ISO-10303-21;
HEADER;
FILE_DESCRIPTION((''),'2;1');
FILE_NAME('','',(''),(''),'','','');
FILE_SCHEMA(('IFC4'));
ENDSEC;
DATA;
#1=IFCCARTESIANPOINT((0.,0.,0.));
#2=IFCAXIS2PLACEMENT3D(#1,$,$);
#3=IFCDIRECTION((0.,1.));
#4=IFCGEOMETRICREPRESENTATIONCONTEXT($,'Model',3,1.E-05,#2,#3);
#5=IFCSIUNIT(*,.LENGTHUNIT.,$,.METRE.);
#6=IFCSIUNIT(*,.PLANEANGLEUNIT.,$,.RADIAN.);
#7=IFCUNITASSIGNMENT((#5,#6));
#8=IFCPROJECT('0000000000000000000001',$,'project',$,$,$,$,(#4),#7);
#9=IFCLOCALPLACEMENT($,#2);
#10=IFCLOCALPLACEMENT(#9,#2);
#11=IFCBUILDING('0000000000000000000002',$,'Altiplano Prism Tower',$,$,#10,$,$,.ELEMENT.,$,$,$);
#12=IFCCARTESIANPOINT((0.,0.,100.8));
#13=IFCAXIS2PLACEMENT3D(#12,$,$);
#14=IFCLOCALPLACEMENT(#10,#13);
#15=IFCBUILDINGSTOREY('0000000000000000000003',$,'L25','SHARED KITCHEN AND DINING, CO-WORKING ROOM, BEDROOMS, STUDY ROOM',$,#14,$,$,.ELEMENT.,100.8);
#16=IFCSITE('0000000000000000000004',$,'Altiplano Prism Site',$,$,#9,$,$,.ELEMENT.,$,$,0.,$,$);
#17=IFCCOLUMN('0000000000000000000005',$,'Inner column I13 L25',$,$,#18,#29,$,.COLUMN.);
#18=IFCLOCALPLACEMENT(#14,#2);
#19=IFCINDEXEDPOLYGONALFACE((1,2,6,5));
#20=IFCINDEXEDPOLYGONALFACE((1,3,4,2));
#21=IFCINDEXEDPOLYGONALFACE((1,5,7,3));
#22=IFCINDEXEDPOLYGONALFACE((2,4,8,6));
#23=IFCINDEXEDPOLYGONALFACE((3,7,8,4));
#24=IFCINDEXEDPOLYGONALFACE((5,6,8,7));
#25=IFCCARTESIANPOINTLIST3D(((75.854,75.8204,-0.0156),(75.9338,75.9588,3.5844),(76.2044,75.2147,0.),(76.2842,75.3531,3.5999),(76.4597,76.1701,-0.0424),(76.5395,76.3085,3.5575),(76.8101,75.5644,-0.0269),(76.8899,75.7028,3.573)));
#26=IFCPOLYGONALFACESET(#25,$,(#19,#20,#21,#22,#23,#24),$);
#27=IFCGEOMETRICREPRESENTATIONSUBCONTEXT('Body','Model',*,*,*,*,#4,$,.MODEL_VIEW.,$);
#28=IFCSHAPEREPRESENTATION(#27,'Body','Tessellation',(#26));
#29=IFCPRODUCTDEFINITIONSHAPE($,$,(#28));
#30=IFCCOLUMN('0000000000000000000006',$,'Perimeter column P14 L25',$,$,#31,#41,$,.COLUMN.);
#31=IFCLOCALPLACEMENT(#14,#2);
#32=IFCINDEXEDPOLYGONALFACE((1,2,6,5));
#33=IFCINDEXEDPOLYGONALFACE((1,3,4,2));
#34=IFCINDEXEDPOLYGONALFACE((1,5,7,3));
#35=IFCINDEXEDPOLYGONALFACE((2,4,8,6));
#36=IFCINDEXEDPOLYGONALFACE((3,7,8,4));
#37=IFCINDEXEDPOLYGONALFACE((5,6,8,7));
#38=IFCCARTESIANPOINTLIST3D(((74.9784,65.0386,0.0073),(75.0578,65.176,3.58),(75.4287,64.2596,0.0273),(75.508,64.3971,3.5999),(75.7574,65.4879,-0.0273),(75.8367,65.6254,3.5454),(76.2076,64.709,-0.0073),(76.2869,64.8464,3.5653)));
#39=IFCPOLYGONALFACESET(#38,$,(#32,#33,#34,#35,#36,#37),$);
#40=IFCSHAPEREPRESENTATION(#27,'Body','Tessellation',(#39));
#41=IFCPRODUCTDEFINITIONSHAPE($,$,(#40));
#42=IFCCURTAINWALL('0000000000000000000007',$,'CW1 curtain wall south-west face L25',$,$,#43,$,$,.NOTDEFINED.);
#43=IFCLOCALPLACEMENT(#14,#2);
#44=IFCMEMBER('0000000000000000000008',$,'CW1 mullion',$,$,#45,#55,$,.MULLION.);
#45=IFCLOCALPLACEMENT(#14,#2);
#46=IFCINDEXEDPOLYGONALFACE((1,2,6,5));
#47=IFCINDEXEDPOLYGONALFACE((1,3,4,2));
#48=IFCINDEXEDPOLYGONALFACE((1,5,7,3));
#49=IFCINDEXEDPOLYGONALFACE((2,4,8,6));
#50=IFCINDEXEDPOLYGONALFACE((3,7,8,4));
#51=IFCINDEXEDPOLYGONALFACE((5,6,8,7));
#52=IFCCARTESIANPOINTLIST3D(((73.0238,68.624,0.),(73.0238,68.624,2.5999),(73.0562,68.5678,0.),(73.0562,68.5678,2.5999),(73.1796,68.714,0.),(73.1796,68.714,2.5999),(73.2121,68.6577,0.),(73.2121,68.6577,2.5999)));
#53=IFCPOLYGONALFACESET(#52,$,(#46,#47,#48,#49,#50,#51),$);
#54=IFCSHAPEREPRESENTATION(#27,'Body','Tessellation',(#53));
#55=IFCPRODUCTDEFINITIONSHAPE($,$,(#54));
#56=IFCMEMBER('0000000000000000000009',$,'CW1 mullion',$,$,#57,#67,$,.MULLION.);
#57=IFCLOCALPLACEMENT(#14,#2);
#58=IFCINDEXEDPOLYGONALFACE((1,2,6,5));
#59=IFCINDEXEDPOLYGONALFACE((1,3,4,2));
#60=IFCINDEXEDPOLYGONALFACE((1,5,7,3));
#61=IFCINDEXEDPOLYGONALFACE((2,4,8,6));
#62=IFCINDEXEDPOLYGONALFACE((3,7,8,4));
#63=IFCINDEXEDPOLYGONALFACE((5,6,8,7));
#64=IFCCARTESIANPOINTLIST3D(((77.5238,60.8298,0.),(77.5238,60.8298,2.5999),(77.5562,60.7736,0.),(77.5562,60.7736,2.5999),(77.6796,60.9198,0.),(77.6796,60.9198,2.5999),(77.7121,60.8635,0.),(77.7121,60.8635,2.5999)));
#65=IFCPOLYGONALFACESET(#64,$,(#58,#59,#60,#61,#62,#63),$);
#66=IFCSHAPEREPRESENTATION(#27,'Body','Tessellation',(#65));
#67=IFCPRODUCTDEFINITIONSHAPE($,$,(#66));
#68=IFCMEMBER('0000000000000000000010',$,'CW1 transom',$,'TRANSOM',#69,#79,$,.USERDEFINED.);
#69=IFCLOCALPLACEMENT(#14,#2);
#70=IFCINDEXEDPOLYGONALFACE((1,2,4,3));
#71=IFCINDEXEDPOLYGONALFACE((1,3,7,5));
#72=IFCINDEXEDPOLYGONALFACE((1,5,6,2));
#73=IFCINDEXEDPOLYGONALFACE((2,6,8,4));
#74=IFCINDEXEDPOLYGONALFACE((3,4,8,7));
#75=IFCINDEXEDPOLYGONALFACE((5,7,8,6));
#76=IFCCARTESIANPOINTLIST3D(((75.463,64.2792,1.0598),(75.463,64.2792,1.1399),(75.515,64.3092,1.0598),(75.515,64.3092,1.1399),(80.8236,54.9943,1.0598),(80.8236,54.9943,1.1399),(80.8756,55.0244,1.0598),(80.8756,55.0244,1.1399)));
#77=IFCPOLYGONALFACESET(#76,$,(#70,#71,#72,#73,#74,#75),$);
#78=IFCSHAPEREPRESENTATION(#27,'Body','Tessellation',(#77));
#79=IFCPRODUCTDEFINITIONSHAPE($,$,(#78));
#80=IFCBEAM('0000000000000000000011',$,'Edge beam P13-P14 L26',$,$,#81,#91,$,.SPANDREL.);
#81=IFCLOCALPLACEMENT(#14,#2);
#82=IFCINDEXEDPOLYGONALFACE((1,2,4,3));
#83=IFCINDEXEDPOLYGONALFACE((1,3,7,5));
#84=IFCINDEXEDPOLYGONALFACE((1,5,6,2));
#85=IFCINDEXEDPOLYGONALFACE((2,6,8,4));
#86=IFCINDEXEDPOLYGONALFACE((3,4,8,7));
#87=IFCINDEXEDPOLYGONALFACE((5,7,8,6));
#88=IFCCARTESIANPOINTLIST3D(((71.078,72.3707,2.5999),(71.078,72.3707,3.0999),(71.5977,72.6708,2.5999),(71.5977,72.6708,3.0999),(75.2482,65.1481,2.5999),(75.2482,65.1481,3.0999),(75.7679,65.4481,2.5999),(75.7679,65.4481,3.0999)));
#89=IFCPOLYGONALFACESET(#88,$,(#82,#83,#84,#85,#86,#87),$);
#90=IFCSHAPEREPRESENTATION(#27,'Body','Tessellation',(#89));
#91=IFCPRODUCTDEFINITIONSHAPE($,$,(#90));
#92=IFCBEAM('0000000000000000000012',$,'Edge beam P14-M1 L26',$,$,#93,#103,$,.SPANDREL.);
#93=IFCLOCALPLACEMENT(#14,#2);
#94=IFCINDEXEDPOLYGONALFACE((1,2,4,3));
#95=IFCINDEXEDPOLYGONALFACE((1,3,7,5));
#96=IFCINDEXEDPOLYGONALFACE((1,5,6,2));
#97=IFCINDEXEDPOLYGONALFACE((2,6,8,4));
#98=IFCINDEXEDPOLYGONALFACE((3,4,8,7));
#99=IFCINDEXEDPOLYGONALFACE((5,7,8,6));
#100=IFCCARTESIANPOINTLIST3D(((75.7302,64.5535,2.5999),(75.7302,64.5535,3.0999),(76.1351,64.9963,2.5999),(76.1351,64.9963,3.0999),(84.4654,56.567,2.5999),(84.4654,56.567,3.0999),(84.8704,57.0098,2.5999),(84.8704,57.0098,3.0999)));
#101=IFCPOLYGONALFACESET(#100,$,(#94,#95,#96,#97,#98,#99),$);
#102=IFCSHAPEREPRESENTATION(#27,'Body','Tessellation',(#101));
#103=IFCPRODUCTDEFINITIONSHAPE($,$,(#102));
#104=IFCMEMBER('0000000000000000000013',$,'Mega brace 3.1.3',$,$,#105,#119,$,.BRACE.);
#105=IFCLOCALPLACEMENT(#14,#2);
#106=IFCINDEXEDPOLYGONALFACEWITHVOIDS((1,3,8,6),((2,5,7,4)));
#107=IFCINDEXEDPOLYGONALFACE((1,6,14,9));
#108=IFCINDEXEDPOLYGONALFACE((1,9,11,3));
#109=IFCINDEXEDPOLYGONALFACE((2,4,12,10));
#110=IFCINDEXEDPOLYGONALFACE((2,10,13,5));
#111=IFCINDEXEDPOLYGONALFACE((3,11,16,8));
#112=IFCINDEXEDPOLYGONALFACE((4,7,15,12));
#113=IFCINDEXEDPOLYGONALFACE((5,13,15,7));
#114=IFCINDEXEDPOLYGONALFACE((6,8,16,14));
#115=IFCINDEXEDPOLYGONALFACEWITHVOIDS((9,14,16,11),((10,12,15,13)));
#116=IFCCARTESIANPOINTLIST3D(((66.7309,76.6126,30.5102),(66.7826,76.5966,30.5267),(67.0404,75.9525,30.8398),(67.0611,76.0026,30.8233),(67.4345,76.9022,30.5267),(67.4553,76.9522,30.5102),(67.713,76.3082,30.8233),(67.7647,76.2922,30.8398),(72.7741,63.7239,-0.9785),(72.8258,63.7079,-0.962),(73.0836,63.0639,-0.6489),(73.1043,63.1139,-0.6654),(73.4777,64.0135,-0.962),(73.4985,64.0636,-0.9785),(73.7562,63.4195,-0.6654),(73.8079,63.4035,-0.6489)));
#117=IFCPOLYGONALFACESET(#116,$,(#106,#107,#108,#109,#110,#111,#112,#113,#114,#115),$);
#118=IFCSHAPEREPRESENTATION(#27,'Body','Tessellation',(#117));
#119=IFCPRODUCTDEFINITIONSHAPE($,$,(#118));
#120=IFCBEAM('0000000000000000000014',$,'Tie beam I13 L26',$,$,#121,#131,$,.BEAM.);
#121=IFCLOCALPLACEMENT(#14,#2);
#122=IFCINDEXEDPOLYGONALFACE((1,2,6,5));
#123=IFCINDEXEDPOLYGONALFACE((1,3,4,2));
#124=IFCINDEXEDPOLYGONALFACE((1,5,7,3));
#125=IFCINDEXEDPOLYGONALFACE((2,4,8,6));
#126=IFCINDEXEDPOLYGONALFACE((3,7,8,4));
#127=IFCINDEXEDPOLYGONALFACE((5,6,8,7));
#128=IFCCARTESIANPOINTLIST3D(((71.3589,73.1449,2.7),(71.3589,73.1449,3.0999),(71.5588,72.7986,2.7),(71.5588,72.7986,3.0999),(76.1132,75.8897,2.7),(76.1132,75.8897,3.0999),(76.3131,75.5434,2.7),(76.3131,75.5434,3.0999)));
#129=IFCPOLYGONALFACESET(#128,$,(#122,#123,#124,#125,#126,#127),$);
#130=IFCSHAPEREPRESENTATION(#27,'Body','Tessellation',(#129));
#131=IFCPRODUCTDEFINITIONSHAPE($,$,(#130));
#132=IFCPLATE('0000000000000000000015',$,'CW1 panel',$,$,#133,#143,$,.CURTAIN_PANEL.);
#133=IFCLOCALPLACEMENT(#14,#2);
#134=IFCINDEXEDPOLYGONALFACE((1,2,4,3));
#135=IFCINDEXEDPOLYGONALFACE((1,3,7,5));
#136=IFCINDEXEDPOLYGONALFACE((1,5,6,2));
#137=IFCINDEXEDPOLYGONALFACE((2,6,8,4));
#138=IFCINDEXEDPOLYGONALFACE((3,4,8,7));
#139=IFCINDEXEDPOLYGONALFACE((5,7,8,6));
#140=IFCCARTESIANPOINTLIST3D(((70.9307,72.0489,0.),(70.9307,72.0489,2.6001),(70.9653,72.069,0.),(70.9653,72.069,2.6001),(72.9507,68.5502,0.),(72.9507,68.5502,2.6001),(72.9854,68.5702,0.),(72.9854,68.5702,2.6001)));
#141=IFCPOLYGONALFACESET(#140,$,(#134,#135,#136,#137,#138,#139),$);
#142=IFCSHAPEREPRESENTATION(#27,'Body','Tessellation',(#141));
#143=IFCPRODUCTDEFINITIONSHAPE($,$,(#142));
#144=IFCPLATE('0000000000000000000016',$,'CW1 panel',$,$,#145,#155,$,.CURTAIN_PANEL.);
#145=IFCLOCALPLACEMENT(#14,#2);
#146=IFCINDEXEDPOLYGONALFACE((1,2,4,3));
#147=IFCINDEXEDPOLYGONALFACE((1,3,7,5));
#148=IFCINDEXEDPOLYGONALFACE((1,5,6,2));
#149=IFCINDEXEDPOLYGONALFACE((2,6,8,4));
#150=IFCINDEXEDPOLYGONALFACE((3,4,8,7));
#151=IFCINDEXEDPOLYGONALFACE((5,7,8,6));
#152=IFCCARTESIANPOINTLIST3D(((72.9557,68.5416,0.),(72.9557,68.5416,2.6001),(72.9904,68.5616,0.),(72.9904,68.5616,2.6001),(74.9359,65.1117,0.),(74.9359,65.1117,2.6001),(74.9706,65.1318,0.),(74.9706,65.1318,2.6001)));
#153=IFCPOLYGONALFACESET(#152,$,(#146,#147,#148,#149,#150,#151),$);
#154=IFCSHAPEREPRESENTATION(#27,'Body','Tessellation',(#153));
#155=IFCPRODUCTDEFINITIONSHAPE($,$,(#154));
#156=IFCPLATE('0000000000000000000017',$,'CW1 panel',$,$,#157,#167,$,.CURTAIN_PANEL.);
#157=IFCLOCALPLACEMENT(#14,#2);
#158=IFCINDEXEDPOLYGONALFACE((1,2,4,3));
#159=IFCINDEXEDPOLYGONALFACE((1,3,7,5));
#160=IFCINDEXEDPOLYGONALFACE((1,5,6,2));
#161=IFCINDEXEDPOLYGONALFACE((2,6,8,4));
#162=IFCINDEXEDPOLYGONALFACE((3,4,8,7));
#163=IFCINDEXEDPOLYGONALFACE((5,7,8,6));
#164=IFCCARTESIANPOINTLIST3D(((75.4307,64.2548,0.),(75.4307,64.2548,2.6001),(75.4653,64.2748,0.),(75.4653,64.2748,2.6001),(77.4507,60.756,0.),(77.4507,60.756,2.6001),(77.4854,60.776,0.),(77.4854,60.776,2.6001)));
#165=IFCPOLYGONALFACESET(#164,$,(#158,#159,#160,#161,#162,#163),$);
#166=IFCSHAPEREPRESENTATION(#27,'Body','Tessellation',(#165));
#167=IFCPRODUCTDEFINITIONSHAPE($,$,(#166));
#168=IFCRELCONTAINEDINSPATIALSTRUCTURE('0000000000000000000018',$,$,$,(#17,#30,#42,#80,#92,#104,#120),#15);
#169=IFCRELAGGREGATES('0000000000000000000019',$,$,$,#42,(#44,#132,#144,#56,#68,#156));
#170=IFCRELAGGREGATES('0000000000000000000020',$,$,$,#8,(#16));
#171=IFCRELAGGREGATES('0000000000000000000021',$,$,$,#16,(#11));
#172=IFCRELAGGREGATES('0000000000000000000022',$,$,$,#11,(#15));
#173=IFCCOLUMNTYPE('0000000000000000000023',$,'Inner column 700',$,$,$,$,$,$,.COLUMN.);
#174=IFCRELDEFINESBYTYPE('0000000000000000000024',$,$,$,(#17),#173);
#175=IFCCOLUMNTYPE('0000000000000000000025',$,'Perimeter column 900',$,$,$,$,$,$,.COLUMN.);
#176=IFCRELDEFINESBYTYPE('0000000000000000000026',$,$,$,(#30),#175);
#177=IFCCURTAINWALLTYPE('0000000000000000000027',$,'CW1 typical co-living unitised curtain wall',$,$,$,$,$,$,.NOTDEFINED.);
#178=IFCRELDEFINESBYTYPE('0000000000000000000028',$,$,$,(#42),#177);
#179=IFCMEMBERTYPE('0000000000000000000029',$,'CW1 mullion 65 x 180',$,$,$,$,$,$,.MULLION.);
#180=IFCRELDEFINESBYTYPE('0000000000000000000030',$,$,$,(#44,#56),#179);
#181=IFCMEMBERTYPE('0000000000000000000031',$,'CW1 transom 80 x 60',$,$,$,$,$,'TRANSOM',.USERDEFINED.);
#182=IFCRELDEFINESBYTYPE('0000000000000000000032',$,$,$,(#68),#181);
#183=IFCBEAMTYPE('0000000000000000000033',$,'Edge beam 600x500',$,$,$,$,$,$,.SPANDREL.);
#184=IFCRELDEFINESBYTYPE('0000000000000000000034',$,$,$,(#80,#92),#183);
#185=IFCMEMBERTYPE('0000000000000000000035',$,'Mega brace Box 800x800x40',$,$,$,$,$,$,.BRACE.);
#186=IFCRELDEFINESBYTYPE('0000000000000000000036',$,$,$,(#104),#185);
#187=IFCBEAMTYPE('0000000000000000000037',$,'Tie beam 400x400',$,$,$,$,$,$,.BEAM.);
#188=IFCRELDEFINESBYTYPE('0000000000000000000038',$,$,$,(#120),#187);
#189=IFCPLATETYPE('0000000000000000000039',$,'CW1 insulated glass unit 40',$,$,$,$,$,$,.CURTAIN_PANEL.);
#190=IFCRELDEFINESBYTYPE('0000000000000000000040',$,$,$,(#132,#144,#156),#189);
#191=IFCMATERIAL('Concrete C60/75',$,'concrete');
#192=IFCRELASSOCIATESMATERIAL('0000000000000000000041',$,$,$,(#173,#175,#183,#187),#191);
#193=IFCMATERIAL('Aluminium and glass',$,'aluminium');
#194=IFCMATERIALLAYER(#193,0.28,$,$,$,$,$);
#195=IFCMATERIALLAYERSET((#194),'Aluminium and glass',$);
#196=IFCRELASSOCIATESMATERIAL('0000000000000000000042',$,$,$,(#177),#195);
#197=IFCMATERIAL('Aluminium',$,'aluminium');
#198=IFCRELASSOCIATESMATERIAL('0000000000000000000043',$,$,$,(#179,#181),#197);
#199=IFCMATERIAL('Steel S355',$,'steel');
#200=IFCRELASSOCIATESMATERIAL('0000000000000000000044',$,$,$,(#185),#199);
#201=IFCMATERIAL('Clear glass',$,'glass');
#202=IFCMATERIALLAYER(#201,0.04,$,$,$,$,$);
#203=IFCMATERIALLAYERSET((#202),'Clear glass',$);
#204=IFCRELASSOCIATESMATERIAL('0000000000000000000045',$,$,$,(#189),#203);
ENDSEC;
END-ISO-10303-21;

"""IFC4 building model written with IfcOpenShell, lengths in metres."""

from ifc_helpers import new_model, si_unit, direction, frame, origin, origin_2d, place, context, subcontext, project, spatial, rectangle, hollow_rectangle, extrude, material, layer, layer_set, material_profile, profile_set, type_object, element, aggregate, save


model = new_model("IFC4")

# Units and contexts
model_context = context("Model", 3, precision=1e-05, world=origin(), true_north=direction((0.0, 1.0)))
body_context = subcontext(model_context, "Body", "Model", "MODEL_VIEW")
ifc_project = project(units=[si_unit("LENGTHUNIT", "METRE"), si_unit("PLANEANGLEUNIT", "RADIAN")], contexts=[model_context])

# Site, building, storey
site_placement = place(None, origin())
site = spatial("IfcSite", under=ifc_project, at=site_placement, Name="Altiplano Prism Site", CompositionType="ELEMENT", RefElevation=0.0)
building_placement = place(site_placement, origin())
building = spatial("IfcBuilding", under=site, at=building_placement, Name="Altiplano Prism Tower", CompositionType="ELEMENT")
storey_placement = place(building_placement, frame((0.0, 0.0, 100.8)))
storey = spatial("IfcBuildingStorey", under=building, at=storey_placement, Name="L25", Description="SHARED KITCHEN AND DINING, CO-WORKING ROOM, BEDROOMS, STUDY ROOM", CompositionType="ELEMENT", Elevation=100.8)

# Columns
ifc_material_1 = material(Name="Concrete C60/75", Category="concrete")
ifc_material_profile_1 = material_profile(ifc_material_1, rectangle(XDim=0.7, YDim=0.7, at=origin_2d()), Name="Inner column 700")
ifc_profile_set_1 = profile_set([ifc_material_profile_1], Name="Concrete C60/75")
column_type_1 = type_object("IfcColumnType", Name="Inner column 700", PredefinedType="COLUMN", material=ifc_profile_set_1)
column_1_placement = place(storey_placement, frame((76.332, 75.6924, -0.0212), z_axis=(0.022155, 0.038416, 0.999016), x_axis=(-0.865365, -0.499669, 0.038405)))
element("IfcColumn", 1, at=column_1_placement, inside=storey, type_object=column_type_1, Name="Inner column I13 L25", PredefinedType="COLUMN", context=body_context, shape_type="SweptSolid", body=[
    extrude(rectangle(XDim=0.7, YDim=0.7, at=origin_2d()), origin(), (0.0, 0.0, 1.0), 3.6035),
])
ifc_material_profile_2 = material_profile(ifc_material_1, rectangle(XDim=0.8999, YDim=0.8999, at=origin_2d()), Name="Perimeter column 900")
ifc_profile_set_2 = profile_set([ifc_material_profile_2], Name="Concrete C60/75")
column_type_2 = type_object("IfcColumnType", Name="Perimeter column 900", PredefinedType="COLUMN", material=ifc_profile_set_2)
column_2_placement = place(storey_placement, frame((75.593, 64.8738, 0.0), z_axis=(0.022187, 0.038434, 0.999015), x_axis=(-0.865568, -0.499314, 0.038433)))
element("IfcColumn", 2, at=column_2_placement, inside=storey, type_object=column_type_2, Name="Perimeter column P14 L25", PredefinedType="COLUMN", context=body_context, shape_type="SweptSolid", body=[
    extrude(rectangle(XDim=0.8999, YDim=0.8999, at=origin_2d()), origin(), (0.0, 0.0, 1.0), 3.5762),
])

# Curtain wall, members
ifc_material_2 = material(Name="Aluminium and glass", Category="aluminium")
ifc_layer_1 = layer(ifc_material_2, 0.28)
ifc_layer_set_1 = layer_set([ifc_layer_1], Name="Aluminium and glass")
curtain_wall_type = type_object("IfcCurtainWallType", Name="CW1 typical co-living unitised curtain wall", PredefinedType="NOTDEFINED", material=ifc_layer_set_1)
curtain_wall_placement = place(storey_placement, origin())
curtain_wall = element("IfcCurtainWall", 3, at=curtain_wall_placement, inside=storey, type_object=curtain_wall_type, Name="CW1 curtain wall south-west face L25", PredefinedType="NOTDEFINED")
ifc_material_3 = material(Name="Aluminium", Category="aluminium")
ifc_material_profile_3 = material_profile(ifc_material_3, rectangle(XDim=0.1799, YDim=0.0649, at=origin_2d()), Name="CW1 mullion 65 x 180")
ifc_profile_set_3 = profile_set([ifc_material_profile_3], Name="Aluminium")
member_type_1 = type_object("IfcMemberType", Name="CW1 mullion 65 x 180", PredefinedType="MULLION", material=ifc_profile_set_3)
member_1_placement = place(storey_placement, frame((73.1179, 68.6409, 0.0), z_axis=(0.0, 0.0, 1.0), x_axis=(0.866025, 0.5, 0.0)))
member_1 = element("IfcMember", 4, at=member_1_placement, type_object=member_type_1, Name="CW1 mullion", PredefinedType="MULLION", context=body_context, shape_type="SweptSolid", body=[
    extrude(rectangle(XDim=0.1799, YDim=0.0649, at=origin_2d()), origin(), (0.0, 0.0, 1.0), 2.5999),
])
member_2_placement = place(storey_placement, frame((77.6179, 60.8467, 0.0), z_axis=(0.0, 0.0, 1.0), x_axis=(0.866025, 0.5, 0.0)))
member_2 = element("IfcMember", 5, at=member_2_placement, type_object=member_type_1, Name="CW1 mullion", PredefinedType="MULLION", context=body_context, shape_type="SweptSolid", body=[
    extrude(rectangle(XDim=0.1799, YDim=0.0649, at=origin_2d()), origin(), (0.0, 0.0, 1.0), 2.5999),
])
ifc_material_profile_4 = material_profile(ifc_material_3, rectangle(XDim=0.0601, YDim=0.0801, at=origin_2d()), Name="CW1 transom 80 x 60")
ifc_profile_set_4 = profile_set([ifc_material_profile_4], Name="Aluminium")
member_type_2 = type_object("IfcMemberType", Name="CW1 transom 80 x 60", ElementType="TRANSOM", PredefinedType="USERDEFINED", material=ifc_profile_set_4)
member_3_placement = place(storey_placement, frame((75.489, 64.2942, 1.0999), z_axis=(0.499996, -0.866027, 0.0), x_axis=(0.866027, 0.499996, 0.0)))
member_3 = element("IfcMember", 6, at=member_3_placement, type_object=member_type_2, Name="CW1 transom", ObjectType="TRANSOM", PredefinedType="USERDEFINED", context=body_context, shape_type="SweptSolid", body=[
    extrude(rectangle(XDim=0.0601, YDim=0.0801, at=origin_2d()), origin(), (0.0, 0.0, 1.0), 10.7212),
])

# Beams
ifc_material_profile_5 = material_profile(ifc_material_1, rectangle(XDim=0.6001, YDim=0.5, at=origin_2d()), Name="Edge beam 600x500")
ifc_profile_set_5 = profile_set([ifc_material_profile_5], Name="Concrete C60/75")
beam_type_1 = type_object("IfcBeamType", Name="Edge beam 600x500", PredefinedType="SPANDREL", material=ifc_profile_set_5)
beam_1_placement = place(storey_placement, frame((71.3379, 72.5208, 2.8499), z_axis=(0.500015, -0.866017, 0.0), x_axis=(0.866017, 0.500015, 0.0)))
element("IfcBeam", 7, at=beam_1_placement, inside=storey, type_object=beam_type_1, Name="Edge beam P13-P14 L26", PredefinedType="SPANDREL", context=body_context, shape_type="SweptSolid", body=[
    extrude(rectangle(XDim=0.6001, YDim=0.5, at=origin_2d()), origin(), (0.0, 0.0, 1.0), 8.3401),
])
beam_2_placement = place(storey_placement, frame((75.9326, 64.7749, 2.8499), z_axis=(0.73803, -0.674768, 0.0), x_axis=(0.674768, 0.73803, 0.0)))
element("IfcBeam", 8, at=beam_2_placement, inside=storey, type_object=beam_type_1, Name="Edge beam P14-M1 L26", PredefinedType="SPANDREL", context=body_context, shape_type="SweptSolid", body=[
    extrude(rectangle(XDim=0.6001, YDim=0.5, at=origin_2d()), origin(), (0.0, 0.0, 1.0), 11.8359),
])

# Member
ifc_material_4 = material(Name="Steel S355", Category="steel")
ifc_material_profile_6 = material_profile(ifc_material_4, hollow_rectangle(XDim=0.8, YDim=0.8, WallThickness=0.04, at=origin_2d()), Name="Mega brace Box 800x800x40")
ifc_profile_set_6 = profile_set([ifc_material_profile_6], Name="Steel S355")
member_type_3 = type_object("IfcMemberType", Name="Mega brace Box 800x800x40", PredefinedType="BRACE", material=ifc_profile_set_6)
member_4_placement = place(storey_placement, frame((73.291, 63.5637, -0.8137), z_axis=(-0.174877, 0.372969, 0.911215), x_axis=(-0.905414, -0.424529, 0.0)))
element("IfcMember", 9, at=member_4_placement, inside=storey, type_object=member_type_3, Name="Mega brace 3.1.3", PredefinedType="BRACE", context=body_context, shape_type="SweptSolid", body=[
    extrude(hollow_rectangle(XDim=0.8, YDim=0.8, WallThickness=0.04, at=origin_2d()), origin(), (0.0, 0.0, 1.0), 34.5569),
])

# Beam
ifc_material_profile_7 = material_profile(ifc_material_1, rectangle(XDim=0.3999, YDim=0.3999, at=origin_2d()), Name="Tie beam 400x400")
ifc_profile_set_7 = profile_set([ifc_material_profile_7], Name="Concrete C60/75")
beam_type_2 = type_object("IfcBeamType", Name="Tie beam 400x400", PredefinedType="BEAM", material=ifc_profile_set_7)
beam_3_placement = place(storey_placement, frame((76.2131, 75.7166, 2.8999), z_axis=(-0.866032, -0.499989, 0.0), x_axis=(0.499989, -0.866032, 0.0)))
element("IfcBeam", 10, at=beam_3_placement, inside=storey, type_object=beam_type_2, Name="Tie beam I13 L26", PredefinedType="BEAM", context=body_context, shape_type="SweptSolid", body=[
    extrude(rectangle(XDim=0.3999, YDim=0.3999, at=origin_2d()), origin(), (0.0, 0.0, 1.0), 5.4897),
])

# Plates
ifc_material_5 = material(Name="Clear glass", Category="glass")
ifc_layer_2 = layer(ifc_material_5, 0.04)
ifc_layer_set_2 = layer_set([ifc_layer_2], Name="Clear glass")
plate_type = type_object("IfcPlateType", Name="CW1 insulated glass unit 40", PredefinedType="CURTAIN_PANEL", material=ifc_layer_set_2)
plate_1_placement = place(storey_placement, frame((71.958, 70.3096, 0.0), z_axis=(0.0, 0.0, 1.0), x_axis=(0.5, -0.866025, 0.0)))
plate_1 = element("IfcPlate", 11, at=plate_1_placement, type_object=plate_type, Name="CW1 panel", PredefinedType="CURTAIN_PANEL", context=body_context, shape_type="SweptSolid", body=[
    extrude(rectangle(XDim=4.04, YDim=0.04, at=origin_2d()), origin(), (0.0, 0.0, 1.0), 2.6001),
])
plate_2_placement = place(storey_placement, frame((73.9631, 66.8367, 0.0), z_axis=(0.0, 0.0, 1.0), x_axis=(0.5, -0.866025, 0.0)))
plate_2 = element("IfcPlate", 12, at=plate_2_placement, type_object=plate_type, Name="CW1 panel", PredefinedType="CURTAIN_PANEL", context=body_context, shape_type="SweptSolid", body=[
    extrude(rectangle(XDim=3.9604, YDim=0.04, at=origin_2d()), origin(), (0.0, 0.0, 1.0), 2.6001),
])
plate_3_placement = place(storey_placement, frame((76.458, 62.5154, 0.0), z_axis=(0.0, 0.0, 1.0), x_axis=(0.5, -0.866025, 0.0)))
plate_3 = element("IfcPlate", 13, at=plate_3_placement, type_object=plate_type, Name="CW1 panel", PredefinedType="CURTAIN_PANEL", context=body_context, shape_type="SweptSolid", body=[
    extrude(rectangle(XDim=4.04, YDim=0.04, at=origin_2d()), origin(), (0.0, 0.0, 1.0), 2.6001),
])
aggregate(curtain_wall, [member_1, plate_1, plate_2, member_2, member_3, plate_3])

save(model, "model.ifc")
